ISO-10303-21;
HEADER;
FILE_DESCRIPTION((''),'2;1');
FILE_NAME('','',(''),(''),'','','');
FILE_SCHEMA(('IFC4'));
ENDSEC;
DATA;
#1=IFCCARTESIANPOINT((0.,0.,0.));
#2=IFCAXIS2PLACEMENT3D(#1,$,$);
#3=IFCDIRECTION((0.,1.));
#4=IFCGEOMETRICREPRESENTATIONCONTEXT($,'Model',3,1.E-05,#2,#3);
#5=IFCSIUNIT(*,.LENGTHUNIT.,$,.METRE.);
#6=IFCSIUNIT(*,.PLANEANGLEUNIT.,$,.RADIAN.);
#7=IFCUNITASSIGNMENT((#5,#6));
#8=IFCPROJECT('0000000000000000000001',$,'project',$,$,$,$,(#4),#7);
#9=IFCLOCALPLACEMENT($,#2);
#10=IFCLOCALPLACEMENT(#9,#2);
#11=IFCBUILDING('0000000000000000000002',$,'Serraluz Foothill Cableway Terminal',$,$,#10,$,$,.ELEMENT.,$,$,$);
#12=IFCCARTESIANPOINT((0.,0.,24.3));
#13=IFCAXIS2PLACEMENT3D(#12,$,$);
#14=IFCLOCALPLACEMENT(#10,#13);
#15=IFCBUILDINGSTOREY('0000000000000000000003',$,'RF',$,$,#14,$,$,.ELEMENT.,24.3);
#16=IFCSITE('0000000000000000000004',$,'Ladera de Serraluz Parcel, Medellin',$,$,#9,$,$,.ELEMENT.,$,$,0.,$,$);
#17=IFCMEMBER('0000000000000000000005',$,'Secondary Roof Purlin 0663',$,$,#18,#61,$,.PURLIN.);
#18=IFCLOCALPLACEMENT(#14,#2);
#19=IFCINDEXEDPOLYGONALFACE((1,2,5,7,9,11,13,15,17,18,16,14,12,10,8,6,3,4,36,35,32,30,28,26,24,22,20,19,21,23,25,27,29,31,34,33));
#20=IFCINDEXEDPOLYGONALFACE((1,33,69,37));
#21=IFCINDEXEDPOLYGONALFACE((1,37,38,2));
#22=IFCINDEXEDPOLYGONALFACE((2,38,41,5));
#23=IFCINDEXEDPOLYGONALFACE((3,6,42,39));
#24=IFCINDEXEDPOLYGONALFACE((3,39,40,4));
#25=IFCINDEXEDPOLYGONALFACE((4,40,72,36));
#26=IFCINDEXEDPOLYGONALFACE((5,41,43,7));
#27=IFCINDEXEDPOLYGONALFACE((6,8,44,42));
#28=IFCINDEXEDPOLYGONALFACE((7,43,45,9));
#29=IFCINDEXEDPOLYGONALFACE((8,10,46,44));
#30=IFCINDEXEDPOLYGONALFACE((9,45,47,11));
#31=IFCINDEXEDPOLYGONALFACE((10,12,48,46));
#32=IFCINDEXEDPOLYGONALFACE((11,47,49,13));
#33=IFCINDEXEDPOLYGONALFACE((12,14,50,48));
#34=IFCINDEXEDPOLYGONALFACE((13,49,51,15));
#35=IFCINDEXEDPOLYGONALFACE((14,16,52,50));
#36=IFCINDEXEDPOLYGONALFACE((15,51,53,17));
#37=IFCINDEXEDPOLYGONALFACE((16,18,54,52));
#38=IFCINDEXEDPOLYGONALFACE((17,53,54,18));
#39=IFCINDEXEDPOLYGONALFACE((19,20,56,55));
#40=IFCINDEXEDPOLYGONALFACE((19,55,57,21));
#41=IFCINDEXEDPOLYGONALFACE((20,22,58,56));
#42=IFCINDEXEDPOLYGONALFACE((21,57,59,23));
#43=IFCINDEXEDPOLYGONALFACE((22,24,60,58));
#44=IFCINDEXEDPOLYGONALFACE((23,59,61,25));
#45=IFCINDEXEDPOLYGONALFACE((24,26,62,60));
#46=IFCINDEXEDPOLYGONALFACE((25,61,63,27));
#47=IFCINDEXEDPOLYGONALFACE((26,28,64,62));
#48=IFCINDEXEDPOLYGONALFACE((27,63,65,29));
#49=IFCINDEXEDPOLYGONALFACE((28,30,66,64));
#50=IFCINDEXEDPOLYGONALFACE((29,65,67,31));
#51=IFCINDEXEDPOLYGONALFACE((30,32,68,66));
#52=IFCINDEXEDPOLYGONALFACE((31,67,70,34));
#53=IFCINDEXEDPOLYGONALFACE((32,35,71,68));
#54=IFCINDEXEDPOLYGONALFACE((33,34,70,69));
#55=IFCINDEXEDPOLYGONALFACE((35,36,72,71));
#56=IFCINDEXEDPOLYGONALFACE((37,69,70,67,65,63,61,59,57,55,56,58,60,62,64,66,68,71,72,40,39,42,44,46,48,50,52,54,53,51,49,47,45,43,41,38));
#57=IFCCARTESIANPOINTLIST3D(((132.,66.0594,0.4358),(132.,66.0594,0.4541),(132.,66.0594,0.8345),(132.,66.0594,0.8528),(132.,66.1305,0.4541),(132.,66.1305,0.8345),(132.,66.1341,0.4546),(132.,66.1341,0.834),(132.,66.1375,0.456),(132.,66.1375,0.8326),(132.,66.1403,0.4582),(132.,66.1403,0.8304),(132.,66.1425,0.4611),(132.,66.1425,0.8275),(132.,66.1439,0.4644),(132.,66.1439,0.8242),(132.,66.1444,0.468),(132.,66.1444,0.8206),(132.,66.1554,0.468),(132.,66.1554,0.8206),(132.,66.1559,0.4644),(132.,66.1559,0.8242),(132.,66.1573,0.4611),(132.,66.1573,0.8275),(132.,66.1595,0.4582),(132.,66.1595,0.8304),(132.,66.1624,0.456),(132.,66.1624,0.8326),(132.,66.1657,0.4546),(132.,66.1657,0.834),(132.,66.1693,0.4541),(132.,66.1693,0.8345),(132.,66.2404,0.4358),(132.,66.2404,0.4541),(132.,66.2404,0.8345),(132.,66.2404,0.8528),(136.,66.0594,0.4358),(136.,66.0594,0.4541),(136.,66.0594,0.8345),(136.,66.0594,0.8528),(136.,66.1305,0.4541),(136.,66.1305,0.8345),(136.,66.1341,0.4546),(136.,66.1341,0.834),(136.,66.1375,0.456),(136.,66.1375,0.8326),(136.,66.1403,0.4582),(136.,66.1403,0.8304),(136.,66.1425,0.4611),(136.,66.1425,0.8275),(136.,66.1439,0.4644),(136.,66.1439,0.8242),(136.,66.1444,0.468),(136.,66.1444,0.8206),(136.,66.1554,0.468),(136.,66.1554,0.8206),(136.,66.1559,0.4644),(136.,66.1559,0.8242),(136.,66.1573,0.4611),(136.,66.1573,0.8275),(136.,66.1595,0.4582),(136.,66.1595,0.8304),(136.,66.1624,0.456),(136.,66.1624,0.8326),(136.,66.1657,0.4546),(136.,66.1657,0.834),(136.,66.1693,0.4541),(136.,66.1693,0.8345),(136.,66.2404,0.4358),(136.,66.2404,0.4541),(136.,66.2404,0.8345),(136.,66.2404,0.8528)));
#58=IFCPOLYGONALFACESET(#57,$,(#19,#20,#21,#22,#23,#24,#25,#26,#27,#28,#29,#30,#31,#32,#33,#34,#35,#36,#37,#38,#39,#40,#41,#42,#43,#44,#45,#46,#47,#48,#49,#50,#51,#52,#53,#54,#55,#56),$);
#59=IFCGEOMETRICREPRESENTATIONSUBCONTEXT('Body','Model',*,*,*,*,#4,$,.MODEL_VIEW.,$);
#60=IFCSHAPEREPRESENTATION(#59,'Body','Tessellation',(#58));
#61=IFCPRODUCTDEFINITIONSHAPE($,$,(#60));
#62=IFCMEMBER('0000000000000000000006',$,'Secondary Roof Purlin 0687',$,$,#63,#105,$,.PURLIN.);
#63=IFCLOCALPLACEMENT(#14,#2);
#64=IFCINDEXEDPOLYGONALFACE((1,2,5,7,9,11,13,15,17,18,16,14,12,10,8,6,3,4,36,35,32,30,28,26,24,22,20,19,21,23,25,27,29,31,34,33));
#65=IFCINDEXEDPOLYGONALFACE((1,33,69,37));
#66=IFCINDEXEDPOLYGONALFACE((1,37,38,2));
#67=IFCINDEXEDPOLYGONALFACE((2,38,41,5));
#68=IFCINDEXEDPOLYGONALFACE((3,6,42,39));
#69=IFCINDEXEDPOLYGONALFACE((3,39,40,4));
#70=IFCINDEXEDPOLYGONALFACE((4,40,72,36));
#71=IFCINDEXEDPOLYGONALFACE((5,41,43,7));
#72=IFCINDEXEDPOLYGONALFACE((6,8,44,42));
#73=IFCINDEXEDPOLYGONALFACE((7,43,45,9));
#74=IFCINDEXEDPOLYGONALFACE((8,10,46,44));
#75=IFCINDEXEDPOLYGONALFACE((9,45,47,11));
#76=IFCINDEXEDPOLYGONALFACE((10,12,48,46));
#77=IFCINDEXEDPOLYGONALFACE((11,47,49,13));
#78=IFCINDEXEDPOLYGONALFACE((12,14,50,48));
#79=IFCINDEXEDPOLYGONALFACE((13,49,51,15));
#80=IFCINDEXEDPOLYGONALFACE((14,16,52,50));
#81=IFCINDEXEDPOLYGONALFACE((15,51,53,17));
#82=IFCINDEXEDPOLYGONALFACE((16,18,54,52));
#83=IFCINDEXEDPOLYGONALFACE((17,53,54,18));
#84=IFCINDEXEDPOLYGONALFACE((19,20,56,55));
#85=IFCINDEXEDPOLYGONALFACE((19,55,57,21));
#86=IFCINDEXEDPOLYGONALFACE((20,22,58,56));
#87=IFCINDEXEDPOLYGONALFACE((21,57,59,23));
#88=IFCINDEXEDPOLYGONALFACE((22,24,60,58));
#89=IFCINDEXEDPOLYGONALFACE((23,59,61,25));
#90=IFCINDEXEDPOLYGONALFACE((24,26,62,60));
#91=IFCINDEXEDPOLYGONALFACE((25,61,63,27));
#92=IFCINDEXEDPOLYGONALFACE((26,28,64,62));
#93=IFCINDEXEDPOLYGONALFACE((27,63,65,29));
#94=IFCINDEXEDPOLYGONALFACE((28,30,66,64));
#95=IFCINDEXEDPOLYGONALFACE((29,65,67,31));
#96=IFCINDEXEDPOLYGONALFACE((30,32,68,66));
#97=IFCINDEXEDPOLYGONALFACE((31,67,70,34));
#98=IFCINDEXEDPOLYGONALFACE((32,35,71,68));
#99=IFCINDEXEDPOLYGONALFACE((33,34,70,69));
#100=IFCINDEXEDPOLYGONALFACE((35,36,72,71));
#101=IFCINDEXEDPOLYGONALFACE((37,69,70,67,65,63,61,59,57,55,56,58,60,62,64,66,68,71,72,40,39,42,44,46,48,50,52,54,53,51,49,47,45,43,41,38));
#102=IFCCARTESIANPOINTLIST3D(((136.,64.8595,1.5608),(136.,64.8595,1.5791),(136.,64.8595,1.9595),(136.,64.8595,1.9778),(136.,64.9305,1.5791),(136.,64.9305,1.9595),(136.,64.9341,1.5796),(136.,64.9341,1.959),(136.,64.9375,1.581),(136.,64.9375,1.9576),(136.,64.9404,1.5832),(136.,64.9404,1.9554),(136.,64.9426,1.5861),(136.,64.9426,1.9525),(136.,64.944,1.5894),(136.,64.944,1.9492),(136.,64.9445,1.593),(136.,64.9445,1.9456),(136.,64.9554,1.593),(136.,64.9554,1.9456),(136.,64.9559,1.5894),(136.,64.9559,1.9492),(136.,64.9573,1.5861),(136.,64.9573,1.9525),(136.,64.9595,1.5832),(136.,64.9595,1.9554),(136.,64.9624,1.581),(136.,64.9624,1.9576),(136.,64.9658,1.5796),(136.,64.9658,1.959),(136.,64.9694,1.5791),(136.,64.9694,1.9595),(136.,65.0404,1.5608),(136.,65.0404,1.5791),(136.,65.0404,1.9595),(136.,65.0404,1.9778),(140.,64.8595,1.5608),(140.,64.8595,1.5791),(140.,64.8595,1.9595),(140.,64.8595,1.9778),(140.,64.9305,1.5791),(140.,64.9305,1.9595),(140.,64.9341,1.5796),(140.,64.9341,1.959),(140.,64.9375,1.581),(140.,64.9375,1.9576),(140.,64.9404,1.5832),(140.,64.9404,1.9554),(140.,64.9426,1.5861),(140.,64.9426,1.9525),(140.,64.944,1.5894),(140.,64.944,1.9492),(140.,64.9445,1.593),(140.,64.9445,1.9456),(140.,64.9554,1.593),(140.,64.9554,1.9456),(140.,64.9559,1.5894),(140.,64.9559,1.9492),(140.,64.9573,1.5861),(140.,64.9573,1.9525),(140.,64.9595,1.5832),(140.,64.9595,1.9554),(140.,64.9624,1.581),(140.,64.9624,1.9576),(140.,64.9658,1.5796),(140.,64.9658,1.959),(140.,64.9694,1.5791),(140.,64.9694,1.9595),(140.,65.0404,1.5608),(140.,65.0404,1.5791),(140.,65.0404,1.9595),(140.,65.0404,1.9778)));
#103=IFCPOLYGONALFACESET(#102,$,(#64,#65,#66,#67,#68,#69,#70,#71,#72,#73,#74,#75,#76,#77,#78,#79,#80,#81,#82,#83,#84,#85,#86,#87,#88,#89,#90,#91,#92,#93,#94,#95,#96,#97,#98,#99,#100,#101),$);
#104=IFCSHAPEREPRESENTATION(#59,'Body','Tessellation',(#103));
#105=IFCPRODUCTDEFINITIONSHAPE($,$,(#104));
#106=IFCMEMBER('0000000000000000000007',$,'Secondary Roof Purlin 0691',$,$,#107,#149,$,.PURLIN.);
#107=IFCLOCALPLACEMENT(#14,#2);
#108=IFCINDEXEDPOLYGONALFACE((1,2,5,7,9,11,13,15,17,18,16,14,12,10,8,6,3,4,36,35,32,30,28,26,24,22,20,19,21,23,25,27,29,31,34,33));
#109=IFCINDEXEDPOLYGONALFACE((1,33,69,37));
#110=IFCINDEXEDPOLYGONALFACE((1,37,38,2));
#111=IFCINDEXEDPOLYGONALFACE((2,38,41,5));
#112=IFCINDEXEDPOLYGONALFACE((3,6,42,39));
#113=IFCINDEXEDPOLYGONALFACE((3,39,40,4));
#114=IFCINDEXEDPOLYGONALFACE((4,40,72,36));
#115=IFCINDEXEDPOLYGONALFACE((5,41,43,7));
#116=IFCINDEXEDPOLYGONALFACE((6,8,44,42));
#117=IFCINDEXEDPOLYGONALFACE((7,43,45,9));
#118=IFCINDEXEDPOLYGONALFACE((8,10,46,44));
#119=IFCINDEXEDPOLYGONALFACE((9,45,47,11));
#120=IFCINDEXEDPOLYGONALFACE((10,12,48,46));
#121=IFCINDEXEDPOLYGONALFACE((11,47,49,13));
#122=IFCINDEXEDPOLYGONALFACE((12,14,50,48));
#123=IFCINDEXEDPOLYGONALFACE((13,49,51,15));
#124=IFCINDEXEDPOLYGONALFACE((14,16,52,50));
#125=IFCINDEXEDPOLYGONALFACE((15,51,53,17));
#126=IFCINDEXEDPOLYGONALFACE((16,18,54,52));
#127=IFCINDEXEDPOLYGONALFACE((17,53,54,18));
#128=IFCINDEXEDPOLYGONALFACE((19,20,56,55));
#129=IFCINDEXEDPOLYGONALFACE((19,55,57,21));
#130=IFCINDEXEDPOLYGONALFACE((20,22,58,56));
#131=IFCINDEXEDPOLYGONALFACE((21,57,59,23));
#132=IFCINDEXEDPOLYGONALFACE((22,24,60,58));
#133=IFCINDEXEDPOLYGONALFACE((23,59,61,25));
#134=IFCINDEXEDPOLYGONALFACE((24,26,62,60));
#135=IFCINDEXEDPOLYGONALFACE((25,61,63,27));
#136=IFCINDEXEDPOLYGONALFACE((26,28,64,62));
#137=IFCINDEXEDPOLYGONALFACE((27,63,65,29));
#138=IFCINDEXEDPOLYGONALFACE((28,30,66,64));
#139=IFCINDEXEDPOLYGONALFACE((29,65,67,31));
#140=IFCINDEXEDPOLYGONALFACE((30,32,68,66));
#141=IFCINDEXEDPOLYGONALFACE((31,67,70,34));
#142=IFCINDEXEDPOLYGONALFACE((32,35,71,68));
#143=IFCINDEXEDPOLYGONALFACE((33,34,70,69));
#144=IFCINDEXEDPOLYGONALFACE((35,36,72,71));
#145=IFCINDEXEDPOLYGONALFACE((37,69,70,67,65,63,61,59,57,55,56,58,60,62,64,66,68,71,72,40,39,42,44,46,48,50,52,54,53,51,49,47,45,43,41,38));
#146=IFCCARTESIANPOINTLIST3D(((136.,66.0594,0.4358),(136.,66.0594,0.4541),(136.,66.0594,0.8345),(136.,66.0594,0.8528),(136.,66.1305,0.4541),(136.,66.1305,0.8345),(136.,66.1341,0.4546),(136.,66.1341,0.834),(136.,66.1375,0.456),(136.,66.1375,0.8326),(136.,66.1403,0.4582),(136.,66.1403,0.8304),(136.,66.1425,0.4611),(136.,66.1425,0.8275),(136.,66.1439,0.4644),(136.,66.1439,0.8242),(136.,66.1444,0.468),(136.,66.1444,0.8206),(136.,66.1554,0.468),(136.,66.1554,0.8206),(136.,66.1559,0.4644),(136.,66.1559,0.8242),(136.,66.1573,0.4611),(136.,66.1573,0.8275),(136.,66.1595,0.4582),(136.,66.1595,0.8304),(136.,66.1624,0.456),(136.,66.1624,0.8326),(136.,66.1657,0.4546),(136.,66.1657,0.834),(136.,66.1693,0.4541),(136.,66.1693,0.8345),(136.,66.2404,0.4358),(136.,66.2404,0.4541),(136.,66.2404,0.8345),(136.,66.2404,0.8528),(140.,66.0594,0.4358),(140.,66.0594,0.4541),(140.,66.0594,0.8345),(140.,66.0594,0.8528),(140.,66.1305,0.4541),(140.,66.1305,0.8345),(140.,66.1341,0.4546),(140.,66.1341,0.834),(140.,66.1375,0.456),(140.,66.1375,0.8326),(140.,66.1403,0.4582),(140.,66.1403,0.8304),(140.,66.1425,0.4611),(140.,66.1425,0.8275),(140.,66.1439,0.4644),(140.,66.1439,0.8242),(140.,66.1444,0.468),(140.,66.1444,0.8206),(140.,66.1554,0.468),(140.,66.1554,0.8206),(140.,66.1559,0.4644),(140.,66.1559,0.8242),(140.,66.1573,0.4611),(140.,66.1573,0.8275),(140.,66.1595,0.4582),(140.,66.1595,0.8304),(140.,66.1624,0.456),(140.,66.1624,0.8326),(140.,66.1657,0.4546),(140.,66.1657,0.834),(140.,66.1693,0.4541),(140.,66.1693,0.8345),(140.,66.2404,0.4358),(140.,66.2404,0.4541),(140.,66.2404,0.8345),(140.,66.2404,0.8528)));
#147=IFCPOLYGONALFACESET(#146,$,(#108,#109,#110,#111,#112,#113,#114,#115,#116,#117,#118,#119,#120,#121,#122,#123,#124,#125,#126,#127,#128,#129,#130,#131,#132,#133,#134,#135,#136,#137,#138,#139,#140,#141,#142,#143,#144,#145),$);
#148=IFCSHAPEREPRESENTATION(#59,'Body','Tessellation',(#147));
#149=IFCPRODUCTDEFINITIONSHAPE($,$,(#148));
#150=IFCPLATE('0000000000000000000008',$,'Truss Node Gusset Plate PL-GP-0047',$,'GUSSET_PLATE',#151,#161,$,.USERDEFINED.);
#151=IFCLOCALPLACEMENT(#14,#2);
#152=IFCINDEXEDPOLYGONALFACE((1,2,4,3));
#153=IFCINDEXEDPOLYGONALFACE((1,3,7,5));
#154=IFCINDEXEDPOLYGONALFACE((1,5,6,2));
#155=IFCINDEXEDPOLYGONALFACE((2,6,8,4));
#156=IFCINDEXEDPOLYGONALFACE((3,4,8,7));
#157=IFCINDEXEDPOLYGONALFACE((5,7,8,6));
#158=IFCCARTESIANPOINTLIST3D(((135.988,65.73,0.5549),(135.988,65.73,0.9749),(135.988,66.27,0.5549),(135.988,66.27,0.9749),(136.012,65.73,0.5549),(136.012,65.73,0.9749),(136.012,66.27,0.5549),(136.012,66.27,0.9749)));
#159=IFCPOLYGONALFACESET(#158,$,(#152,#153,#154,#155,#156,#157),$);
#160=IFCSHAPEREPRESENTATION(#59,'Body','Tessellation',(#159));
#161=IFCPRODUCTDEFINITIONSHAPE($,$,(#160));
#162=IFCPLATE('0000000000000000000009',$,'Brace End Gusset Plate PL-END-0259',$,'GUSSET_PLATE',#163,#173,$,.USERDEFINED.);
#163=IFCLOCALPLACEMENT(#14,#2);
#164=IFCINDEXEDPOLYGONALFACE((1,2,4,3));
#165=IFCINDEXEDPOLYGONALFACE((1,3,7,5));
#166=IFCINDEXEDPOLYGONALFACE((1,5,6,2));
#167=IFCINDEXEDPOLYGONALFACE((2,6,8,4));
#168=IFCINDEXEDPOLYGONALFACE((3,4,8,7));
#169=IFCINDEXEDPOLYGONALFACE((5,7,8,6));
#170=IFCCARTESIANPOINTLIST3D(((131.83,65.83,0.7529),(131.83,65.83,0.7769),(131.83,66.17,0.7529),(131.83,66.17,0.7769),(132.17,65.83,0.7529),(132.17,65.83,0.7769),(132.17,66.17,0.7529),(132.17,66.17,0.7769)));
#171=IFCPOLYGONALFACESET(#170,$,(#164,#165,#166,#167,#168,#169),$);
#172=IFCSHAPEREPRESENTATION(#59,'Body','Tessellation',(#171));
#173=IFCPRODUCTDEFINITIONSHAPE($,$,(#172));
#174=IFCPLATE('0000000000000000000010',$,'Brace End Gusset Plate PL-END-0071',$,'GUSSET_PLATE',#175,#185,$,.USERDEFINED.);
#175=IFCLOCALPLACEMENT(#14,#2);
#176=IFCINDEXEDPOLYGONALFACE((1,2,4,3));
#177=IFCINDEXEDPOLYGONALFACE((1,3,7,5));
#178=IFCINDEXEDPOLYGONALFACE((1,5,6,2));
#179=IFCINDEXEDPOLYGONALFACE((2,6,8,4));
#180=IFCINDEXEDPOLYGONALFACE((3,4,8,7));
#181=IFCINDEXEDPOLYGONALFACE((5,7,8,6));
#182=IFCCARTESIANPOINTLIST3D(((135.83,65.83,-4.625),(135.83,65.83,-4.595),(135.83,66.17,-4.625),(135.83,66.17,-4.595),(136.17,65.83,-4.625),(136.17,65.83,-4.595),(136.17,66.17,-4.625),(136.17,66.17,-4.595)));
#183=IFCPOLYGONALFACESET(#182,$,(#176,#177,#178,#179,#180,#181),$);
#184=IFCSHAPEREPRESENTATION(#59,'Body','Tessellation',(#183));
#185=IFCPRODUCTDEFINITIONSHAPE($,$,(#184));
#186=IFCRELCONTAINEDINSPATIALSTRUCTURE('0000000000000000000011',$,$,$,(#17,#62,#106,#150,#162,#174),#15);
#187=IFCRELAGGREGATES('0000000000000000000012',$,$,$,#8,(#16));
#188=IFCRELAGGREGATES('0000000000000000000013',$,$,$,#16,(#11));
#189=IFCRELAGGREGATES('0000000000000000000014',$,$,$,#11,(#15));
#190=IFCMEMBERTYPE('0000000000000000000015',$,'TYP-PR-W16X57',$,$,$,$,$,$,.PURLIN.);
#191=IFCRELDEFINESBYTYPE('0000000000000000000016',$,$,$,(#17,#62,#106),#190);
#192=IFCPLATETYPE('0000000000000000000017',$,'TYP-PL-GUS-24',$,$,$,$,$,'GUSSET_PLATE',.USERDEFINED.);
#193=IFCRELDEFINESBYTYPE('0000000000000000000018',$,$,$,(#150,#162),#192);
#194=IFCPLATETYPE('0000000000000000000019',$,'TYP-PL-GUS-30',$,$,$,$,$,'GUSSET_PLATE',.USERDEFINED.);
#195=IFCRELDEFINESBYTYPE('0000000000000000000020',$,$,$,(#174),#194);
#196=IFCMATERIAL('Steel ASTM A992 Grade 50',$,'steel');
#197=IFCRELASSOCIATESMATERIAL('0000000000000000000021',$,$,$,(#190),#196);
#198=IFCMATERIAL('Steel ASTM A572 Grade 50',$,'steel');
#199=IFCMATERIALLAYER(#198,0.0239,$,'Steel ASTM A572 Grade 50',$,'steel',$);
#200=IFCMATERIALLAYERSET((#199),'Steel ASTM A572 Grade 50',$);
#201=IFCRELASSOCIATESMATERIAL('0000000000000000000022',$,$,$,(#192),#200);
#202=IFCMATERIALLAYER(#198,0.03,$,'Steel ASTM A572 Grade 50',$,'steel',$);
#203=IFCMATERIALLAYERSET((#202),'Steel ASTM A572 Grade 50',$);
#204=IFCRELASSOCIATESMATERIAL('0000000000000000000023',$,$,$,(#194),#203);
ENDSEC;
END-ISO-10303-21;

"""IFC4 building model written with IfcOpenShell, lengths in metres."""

from ifc_helpers import new_model, si_unit, direction, frame, origin, origin_2d, place, context, subcontext, project, spatial, rectangle, i_section, extrude, material, layer, layer_set, material_profile, profile_set, type_object, element, save


model = new_model("IFC4")

# Units and contexts
model_context = context("Model", 3, precision=1e-05, world=origin(), true_north=direction((0.0, 1.0)))
body_context = subcontext(model_context, "Body", "Model", "MODEL_VIEW")
ifc_project = project(units=[si_unit("LENGTHUNIT", "METRE"), si_unit("PLANEANGLEUNIT", "RADIAN")], contexts=[model_context])

# Site, building, storey
site_placement = place(None, origin())
site = spatial("IfcSite", under=ifc_project, at=site_placement, Name="Ladera de Serraluz Parcel, Medellin", CompositionType="ELEMENT", RefElevation=0.0)
building_placement = place(site_placement, origin())
building = spatial("IfcBuilding", under=site, at=building_placement, Name="Serraluz Foothill Cableway Terminal", CompositionType="ELEMENT")
storey_placement = place(building_placement, frame((0.0, 0.0, 24.3)))
storey = spatial("IfcBuildingStorey", under=building, at=storey_placement, Name="RF", CompositionType="ELEMENT", Elevation=24.3)

# Members
ifc_material_1 = material(Name="Steel ASTM A572 Grade 50", Category="steel")
ifc_material_2 = material(Name="Steel ASTM A992 Grade 50", Category="steel")
ifc_material_profile_1 = material_profile(ifc_material_2, i_section(OverallWidth=0.1809, OverallDepth=0.417, WebThickness=0.011, FlangeThickness=0.0183, FilletRadius=0.0139, at=origin_2d()), Name="W16X57")
ifc_profile_set_1 = profile_set([ifc_material_profile_1], Name="Steel ASTM A992 Grade 50")
member_type_1 = type_object("IfcMemberType", Name="TYP-PR-W16X57", PredefinedType="PURLIN", material=ifc_profile_set_1)
for number, where, z_axis, x_axis, name in (
    (1, (132.0, 66.1499, 0.6443), (1.0, 0.0, 0.0), (0.0, 1.0, 0.0), "Secondary Roof Purlin 0663"),
    (2, (136.0, 64.95, 1.7693), (1.0, 0.0, 0.0), (0.0, 1.0, 0.0), "Secondary Roof Purlin 0687"),
    (3, (136.0, 66.1499, 0.6443), (1.0, 0.0, 0.0), (0.0, 1.0, 0.0), "Secondary Roof Purlin 0691"),
):
    element("IfcMember", number, at=place(storey_placement, frame(where, z_axis=z_axis, x_axis=x_axis)), inside=storey, type_object=member_type_1, Name=name, PredefinedType="PURLIN", context=body_context, shape_type="SweptSolid", body=[
        extrude(i_section(OverallWidth=0.1809, OverallDepth=0.417, WebThickness=0.011, FlangeThickness=0.0183, FilletRadius=0.0139, at=origin_2d()), origin(), (0.0, 0.0, 1.0), 4.0),
    ])

# Plates
ifc_layer_1 = layer(ifc_material_1, 0.0239, Name="Steel ASTM A572 Grade 50", Category="steel")
ifc_layer_set_1 = layer_set([ifc_layer_1], Name="Steel ASTM A572 Grade 50")
plate_type_1 = type_object("IfcPlateType", Name="TYP-PL-GUS-24", ElementType="GUSSET_PLATE", PredefinedType="USERDEFINED", material=ifc_layer_set_1)
plate_1_placement = place(storey_placement, frame((136.0, 66.0, 0.5549), z_axis=(0.0, 0.0, 1.0), x_axis=(1.0, 0.0, 0.0)))
element("IfcPlate", 4, at=plate_1_placement, inside=storey, type_object=plate_type_1, Name="Truss Node Gusset Plate PL-GP-0047", ObjectType="GUSSET_PLATE", PredefinedType="USERDEFINED", context=body_context, shape_type="SweptSolid", body=[
    extrude(rectangle(XDim=0.0239, YDim=0.54, at=origin_2d()), origin(), (0.0, 0.0, 1.0), 0.4199),
])
plate_2_placement = place(storey_placement, frame((132.0, 66.0, 0.7529), z_axis=(0.0, 0.0, 1.0), x_axis=(1.0, 0.0, 0.0)))
element("IfcPlate", 5, at=plate_2_placement, inside=storey, type_object=plate_type_1, Name="Brace End Gusset Plate PL-END-0259", ObjectType="GUSSET_PLATE", PredefinedType="USERDEFINED", context=body_context, shape_type="SweptSolid", body=[
    extrude(rectangle(XDim=0.3401, YDim=0.3401, at=origin_2d()), origin(), (0.0, 0.0, 1.0), 0.0239),
])
ifc_layer_2 = layer(ifc_material_1, 0.03, Name="Steel ASTM A572 Grade 50", Category="steel")
ifc_layer_set_2 = layer_set([ifc_layer_2], Name="Steel ASTM A572 Grade 50")
plate_type_2 = type_object("IfcPlateType", Name="TYP-PL-GUS-30", ElementType="GUSSET_PLATE", PredefinedType="USERDEFINED", material=ifc_layer_set_2)
plate_3_placement = place(storey_placement, frame((136.0, 66.0, -4.625), z_axis=(0.0, 0.0, 1.0), x_axis=(1.0, 0.0, 0.0)))
element("IfcPlate", 6, at=plate_3_placement, inside=storey, type_object=plate_type_2, Name="Brace End Gusset Plate PL-END-0071", ObjectType="GUSSET_PLATE", PredefinedType="USERDEFINED", context=body_context, shape_type="SweptSolid", body=[
    extrude(rectangle(XDim=0.3401, YDim=0.3401, at=origin_2d()), origin(), (0.0, 0.0, 1.0), 0.03),
])

save(model, "model.ifc")
